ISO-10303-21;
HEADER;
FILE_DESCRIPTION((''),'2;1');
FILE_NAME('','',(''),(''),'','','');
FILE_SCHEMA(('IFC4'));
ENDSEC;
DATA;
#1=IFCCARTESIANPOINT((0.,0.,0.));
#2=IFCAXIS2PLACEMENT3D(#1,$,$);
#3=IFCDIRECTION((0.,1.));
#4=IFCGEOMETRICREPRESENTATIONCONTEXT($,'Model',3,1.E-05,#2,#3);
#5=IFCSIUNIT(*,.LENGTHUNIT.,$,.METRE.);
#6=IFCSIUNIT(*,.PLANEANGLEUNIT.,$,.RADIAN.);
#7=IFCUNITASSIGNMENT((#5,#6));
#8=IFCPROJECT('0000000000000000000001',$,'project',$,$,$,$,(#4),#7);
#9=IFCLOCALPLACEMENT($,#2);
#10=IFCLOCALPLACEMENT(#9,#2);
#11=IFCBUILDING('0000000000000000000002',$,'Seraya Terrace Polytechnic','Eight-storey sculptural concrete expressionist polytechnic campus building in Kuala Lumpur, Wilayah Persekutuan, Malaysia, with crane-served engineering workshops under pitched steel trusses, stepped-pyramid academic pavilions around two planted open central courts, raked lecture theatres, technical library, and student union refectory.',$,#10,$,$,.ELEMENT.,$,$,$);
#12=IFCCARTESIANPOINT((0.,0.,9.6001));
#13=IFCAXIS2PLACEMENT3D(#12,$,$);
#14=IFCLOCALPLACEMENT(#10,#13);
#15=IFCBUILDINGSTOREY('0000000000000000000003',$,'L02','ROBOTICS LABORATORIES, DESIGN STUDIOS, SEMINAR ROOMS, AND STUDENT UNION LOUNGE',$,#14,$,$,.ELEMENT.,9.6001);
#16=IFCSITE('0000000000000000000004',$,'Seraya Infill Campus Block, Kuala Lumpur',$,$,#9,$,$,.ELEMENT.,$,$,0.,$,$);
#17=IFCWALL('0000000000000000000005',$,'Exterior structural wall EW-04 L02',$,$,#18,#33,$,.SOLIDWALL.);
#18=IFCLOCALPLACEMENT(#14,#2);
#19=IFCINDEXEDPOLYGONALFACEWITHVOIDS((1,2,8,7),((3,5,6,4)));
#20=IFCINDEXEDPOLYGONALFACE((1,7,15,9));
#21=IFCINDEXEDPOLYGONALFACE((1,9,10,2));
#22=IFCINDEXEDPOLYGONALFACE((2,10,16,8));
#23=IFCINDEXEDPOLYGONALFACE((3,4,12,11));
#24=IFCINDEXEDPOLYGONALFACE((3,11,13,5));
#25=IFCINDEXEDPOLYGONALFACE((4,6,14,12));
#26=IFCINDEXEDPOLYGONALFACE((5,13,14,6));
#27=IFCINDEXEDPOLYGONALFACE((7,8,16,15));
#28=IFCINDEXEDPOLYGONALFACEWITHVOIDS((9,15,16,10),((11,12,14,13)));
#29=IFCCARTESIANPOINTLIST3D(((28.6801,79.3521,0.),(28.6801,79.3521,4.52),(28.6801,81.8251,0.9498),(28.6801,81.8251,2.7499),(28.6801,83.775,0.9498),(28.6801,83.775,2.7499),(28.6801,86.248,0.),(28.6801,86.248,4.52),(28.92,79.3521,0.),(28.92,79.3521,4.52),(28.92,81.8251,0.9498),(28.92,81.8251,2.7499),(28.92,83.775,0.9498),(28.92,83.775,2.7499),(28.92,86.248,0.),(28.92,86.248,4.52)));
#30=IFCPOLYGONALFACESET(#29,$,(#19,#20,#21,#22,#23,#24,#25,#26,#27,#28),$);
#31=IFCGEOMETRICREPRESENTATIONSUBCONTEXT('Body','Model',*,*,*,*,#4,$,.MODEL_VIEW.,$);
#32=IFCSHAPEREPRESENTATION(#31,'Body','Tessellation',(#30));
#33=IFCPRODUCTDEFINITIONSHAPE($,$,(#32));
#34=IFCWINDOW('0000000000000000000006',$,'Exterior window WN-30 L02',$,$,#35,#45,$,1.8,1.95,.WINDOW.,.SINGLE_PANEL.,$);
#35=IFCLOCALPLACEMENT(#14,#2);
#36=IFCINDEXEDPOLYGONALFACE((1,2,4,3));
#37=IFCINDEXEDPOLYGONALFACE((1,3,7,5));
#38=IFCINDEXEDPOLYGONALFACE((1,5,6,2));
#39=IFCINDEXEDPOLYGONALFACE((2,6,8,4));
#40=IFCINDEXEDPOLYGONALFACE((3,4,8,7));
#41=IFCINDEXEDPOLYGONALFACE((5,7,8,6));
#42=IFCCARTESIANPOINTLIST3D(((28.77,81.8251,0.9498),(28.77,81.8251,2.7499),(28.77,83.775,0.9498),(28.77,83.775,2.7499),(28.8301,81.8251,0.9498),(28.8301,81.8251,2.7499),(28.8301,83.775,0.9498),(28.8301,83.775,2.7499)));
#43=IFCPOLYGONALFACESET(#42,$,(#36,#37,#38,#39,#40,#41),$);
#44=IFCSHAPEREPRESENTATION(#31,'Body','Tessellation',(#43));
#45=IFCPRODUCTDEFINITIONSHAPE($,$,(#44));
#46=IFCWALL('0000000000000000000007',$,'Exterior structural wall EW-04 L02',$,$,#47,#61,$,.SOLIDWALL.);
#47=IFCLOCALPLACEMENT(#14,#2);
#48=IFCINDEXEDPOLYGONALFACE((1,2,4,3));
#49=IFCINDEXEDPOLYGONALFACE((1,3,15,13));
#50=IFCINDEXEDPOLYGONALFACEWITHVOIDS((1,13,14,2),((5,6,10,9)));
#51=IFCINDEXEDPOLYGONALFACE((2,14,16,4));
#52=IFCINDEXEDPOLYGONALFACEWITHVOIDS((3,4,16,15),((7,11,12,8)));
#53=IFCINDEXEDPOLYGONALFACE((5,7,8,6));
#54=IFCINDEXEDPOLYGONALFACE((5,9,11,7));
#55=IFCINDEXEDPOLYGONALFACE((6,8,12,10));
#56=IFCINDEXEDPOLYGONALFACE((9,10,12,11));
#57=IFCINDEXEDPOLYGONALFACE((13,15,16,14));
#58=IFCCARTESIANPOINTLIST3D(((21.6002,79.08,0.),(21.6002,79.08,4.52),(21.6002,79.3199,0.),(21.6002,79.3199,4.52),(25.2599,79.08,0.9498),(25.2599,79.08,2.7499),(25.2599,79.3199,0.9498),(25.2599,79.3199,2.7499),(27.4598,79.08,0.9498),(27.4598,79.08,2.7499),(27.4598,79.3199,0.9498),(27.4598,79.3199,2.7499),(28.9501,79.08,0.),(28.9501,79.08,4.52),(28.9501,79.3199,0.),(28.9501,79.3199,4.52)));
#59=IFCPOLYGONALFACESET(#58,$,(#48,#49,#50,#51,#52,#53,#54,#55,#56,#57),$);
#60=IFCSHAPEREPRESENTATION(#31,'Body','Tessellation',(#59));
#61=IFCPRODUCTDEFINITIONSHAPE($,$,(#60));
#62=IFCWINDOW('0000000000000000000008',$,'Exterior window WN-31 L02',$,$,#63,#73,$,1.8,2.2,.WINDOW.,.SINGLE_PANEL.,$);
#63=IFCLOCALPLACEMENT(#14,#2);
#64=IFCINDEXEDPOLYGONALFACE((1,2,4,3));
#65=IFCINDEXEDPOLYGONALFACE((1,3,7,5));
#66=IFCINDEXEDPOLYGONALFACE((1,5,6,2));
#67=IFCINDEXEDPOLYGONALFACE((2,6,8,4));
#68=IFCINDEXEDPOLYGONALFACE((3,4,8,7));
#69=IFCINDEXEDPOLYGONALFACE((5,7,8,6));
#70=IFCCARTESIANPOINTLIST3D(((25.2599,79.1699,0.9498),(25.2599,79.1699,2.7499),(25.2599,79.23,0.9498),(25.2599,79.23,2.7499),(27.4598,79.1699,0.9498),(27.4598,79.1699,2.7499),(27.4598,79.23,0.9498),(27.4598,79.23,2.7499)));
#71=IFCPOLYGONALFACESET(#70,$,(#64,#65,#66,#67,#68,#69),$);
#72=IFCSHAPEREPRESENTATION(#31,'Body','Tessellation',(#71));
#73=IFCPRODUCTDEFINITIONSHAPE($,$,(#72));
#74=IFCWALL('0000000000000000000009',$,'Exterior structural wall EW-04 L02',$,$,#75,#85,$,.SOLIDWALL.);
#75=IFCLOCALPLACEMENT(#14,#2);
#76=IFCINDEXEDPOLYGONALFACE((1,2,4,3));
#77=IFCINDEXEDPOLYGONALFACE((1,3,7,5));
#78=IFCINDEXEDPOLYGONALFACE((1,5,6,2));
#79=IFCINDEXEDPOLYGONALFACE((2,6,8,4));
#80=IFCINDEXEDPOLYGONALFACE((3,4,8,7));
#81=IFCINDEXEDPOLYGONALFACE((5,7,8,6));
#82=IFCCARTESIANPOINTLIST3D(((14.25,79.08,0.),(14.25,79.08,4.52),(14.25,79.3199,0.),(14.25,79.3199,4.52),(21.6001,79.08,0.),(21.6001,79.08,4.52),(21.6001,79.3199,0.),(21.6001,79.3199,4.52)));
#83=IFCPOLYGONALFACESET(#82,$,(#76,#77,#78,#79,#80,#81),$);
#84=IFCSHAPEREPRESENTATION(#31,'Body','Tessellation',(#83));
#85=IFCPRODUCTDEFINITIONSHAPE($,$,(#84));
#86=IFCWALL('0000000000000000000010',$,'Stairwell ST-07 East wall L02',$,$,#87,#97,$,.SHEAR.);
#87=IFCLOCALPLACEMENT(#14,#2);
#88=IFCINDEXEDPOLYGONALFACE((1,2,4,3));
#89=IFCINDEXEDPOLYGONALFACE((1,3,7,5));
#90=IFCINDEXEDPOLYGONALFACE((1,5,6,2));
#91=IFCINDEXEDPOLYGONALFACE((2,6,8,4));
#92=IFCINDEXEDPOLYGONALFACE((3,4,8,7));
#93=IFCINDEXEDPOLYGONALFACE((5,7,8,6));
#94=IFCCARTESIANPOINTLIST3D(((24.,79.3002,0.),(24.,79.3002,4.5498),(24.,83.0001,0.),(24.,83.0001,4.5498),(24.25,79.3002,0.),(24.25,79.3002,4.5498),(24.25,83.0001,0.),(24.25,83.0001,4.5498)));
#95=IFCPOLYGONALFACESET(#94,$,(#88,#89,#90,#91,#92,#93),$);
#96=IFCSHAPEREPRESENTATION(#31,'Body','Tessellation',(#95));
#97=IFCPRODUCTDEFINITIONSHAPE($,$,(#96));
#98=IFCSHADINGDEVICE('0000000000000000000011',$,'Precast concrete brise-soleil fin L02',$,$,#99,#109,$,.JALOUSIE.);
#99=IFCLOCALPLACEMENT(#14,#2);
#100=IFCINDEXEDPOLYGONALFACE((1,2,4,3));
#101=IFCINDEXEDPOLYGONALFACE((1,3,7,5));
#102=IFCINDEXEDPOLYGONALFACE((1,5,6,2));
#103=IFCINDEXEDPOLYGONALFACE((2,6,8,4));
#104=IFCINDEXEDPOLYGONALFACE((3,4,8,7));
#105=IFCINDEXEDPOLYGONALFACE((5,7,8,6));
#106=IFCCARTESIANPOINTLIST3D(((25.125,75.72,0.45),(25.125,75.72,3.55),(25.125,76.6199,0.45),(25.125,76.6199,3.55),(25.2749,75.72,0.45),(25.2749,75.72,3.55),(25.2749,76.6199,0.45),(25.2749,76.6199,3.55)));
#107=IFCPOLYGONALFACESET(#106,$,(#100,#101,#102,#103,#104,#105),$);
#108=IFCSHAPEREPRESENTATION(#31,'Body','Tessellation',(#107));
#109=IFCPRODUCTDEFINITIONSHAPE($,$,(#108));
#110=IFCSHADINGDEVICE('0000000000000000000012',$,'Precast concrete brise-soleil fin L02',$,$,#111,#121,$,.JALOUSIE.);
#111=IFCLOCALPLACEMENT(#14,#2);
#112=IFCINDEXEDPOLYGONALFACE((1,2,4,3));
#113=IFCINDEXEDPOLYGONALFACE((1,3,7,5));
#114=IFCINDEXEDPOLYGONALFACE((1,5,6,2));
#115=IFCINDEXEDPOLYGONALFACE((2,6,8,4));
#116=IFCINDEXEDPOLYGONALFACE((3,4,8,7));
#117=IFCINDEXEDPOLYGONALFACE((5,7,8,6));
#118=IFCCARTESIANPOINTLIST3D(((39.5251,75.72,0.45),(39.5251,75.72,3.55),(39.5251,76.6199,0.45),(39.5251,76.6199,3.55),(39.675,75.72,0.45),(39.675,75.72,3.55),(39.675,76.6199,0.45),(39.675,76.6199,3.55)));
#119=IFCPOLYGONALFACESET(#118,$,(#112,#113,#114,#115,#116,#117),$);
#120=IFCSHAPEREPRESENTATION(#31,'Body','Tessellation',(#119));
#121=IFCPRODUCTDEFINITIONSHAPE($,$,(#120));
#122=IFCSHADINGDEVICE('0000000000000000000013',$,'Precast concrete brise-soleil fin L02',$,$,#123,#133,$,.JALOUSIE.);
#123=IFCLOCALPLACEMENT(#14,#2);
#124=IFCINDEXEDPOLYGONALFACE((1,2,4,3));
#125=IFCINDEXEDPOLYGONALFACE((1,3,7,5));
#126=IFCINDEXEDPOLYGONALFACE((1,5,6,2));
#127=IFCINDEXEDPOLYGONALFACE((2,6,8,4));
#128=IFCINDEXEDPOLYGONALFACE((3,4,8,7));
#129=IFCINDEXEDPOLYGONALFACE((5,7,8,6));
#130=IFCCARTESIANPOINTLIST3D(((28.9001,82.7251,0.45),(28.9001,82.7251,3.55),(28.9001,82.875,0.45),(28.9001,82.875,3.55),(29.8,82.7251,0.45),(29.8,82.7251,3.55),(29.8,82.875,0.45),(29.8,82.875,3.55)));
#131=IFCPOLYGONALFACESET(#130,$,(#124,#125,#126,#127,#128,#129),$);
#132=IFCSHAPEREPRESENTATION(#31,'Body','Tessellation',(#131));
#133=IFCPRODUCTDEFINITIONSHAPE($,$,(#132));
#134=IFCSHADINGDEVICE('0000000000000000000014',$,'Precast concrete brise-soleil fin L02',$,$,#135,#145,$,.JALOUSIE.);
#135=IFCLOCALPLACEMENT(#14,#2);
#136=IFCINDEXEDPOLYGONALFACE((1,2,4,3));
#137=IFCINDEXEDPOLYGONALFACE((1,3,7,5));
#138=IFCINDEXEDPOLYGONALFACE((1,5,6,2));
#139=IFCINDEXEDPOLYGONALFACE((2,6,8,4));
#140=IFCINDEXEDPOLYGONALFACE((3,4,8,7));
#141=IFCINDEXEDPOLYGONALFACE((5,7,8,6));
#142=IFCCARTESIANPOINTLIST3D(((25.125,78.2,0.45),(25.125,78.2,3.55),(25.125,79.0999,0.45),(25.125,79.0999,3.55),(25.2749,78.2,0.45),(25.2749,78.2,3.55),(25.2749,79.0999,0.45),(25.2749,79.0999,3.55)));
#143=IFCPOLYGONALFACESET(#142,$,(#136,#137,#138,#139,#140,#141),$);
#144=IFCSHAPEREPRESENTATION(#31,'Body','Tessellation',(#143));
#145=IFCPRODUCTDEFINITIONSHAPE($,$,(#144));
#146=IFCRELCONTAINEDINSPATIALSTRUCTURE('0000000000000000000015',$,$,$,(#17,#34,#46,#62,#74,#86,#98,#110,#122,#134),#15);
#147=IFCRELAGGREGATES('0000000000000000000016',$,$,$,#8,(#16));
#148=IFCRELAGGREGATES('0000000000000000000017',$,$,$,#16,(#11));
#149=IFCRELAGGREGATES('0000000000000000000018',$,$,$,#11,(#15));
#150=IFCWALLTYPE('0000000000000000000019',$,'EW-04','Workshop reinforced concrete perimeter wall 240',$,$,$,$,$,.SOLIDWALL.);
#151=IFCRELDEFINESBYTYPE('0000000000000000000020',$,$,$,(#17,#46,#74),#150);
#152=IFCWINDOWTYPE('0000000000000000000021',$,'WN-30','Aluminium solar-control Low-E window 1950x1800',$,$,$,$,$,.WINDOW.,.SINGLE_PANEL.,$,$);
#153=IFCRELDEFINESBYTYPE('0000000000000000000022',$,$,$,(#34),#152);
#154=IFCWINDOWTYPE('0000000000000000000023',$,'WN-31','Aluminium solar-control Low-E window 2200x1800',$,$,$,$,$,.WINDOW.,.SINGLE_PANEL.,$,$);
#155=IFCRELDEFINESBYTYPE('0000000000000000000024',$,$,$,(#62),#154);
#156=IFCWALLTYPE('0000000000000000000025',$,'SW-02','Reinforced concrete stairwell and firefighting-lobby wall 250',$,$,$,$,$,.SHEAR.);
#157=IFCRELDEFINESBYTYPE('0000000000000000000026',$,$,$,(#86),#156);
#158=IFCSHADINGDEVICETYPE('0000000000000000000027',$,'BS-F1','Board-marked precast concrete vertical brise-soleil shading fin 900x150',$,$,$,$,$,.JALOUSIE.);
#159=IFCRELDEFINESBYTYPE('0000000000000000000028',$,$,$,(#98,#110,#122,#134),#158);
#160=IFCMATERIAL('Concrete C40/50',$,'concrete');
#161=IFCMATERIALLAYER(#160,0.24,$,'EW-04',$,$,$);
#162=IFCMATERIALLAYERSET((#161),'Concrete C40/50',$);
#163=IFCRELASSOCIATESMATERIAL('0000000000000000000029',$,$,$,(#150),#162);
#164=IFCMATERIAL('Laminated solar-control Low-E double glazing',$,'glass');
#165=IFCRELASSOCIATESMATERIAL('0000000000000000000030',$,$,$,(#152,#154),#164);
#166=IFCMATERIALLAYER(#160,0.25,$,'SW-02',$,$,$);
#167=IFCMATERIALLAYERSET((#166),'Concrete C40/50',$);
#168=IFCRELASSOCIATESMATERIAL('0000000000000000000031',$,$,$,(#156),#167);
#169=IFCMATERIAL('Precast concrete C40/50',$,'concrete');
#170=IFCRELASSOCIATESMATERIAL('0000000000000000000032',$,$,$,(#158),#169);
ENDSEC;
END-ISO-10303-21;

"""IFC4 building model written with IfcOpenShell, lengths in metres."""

from ifc_helpers import new_model, si_unit, direction, frame, frame_2d, origin, origin_2d, place, context, subcontext, project, spatial, rectangle, extrude, material, layer, layer_set, type_object, element, fill, save


model = new_model("IFC4")

# Units and contexts
model_context = context("Model", 3, precision=1e-05, world=origin(), true_north=direction((0.0, 1.0)))
body_context = subcontext(model_context, "Body", "Model", "MODEL_VIEW")
ifc_project = project(units=[si_unit("LENGTHUNIT", "METRE"), si_unit("PLANEANGLEUNIT", "RADIAN")], contexts=[model_context])

# Site, building, storey
site_placement = place(None, origin())
site = spatial("IfcSite", under=ifc_project, at=site_placement, Name="Seraya Infill Campus Block, Kuala Lumpur", CompositionType="ELEMENT", RefElevation=0.0)
building_placement = place(site_placement, origin())
building = spatial("IfcBuilding", under=site, at=building_placement, Name="Seraya Terrace Polytechnic", Description="Eight-storey sculptural concrete expressionist polytechnic campus building in Kuala Lumpur, Wilayah Persekutuan, Malaysia, with crane-served engineering workshops under pitched steel trusses, stepped-pyramid academic pavilions around two planted open central courts, raked lecture theatres, technical library, and student union refectory.", CompositionType="ELEMENT")
storey_placement = place(building_placement, frame((0.0, 0.0, 9.6001)))
storey = spatial("IfcBuildingStorey", under=building, at=storey_placement, Name="L02", Description="ROBOTICS LABORATORIES, DESIGN STUDIOS, SEMINAR ROOMS, AND STUDENT UNION LOUNGE", CompositionType="ELEMENT", Elevation=9.6001)

# Shared definitions
ifc_material_1 = material(Name="Concrete C40/50", Category="concrete")

# Walls, openings, windows
ifc_material_2 = material(Name="Precast concrete C40/50", Category="concrete")
ifc_material_3 = material(Name="Laminated solar-control Low-E double glazing", Category="glass")
ifc_layer_1 = layer(ifc_material_1, 0.24, Name="EW-04")
ifc_layer_set_1 = layer_set([ifc_layer_1], Name="Concrete C40/50")
wall_type_1 = type_object("IfcWallType", Name="EW-04", Description="Workshop reinforced concrete perimeter wall 240", PredefinedType="SOLIDWALL", material=ifc_layer_set_1)
wall_1_placement = place(storey_placement, frame((28.8, 86.248, 0.0), z_axis=(0.0, 0.0, 1.0), x_axis=(0.0, -1.0, 0.0)))
wall_1 = element("IfcWall", 1, at=wall_1_placement, inside=storey, type_object=wall_type_1, Name="Exterior structural wall EW-04 L02", PredefinedType="SOLIDWALL", context=body_context, shape_type="SweptSolid", body=[
    extrude(rectangle(XDim=6.896, YDim=0.24, at=frame_2d((3.448, 0.0))), origin(), (0.0, 0.0, 1.0), 4.52),
])
opening_1_placement = place(wall_1_placement, frame((2.4729, 0.0, 0.95)))
opening_1 = element("IfcOpeningElement", 2, at=opening_1_placement, cuts=wall_1, PredefinedType="OPENING", context=body_context, shape_type="SweptSolid", body=[
    extrude(rectangle(XDim=1.95, YDim=1.8, at=frame_2d((0.9751, 0.8999))), frame((0.0, 0.1318, 0.0), z_axis=(0.0, -1.0, 0.0), x_axis=(1.0, 0.0, 0.0)), (0.0, 0.0, 1.0), 0.2639),
])
window_type_1 = type_object("IfcWindowType", Name="WN-30", Description="Aluminium solar-control Low-E window 1950x1800", PartitioningType="SINGLE_PANEL", PredefinedType="WINDOW", material=ifc_material_3)
window_1_placement = place(opening_1_placement, origin())
window_1 = element("IfcWindow", 3, at=window_1_placement, inside=storey, type_object=window_type_1, Name="Exterior window WN-30 L02", OverallHeight=1.8, OverallWidth=1.95, PartitioningType="SINGLE_PANEL", PredefinedType="WINDOW", context=body_context, shape_type="SweptSolid", body=[
    extrude(rectangle(XDim=1.95, YDim=1.8, at=frame_2d((0.9751, 0.8999))), frame((0.0, 0.03, 0.0), z_axis=(0.0, -1.0, 0.0), x_axis=(1.0, 0.0, 0.0)), (0.0, 0.0, 1.0), 0.0601),
])
fill(opening_1, window_1)
wall_2_placement = place(storey_placement, frame((28.95, 79.2, 0.0), z_axis=(0.0, 0.0, 1.0), x_axis=(-1.0, 0.0, 0.0)))
wall_2 = element("IfcWall", 4, at=wall_2_placement, inside=storey, type_object=wall_type_1, Name="Exterior structural wall EW-04 L02", PredefinedType="SOLIDWALL", context=body_context, shape_type="SweptSolid", body=[
    extrude(rectangle(XDim=7.3499, YDim=0.24, at=frame_2d((3.6748, 0.0))), origin(), (0.0, 0.0, 1.0), 4.52),
])
opening_2_placement = place(wall_2_placement, frame((1.49, 0.0, 0.95)))
opening_2 = element("IfcOpeningElement", 5, at=opening_2_placement, cuts=wall_2, PredefinedType="OPENING", context=body_context, shape_type="SweptSolid", body=[
    extrude(rectangle(XDim=2.2, YDim=1.8, at=frame_2d((1.1001, 0.8999))), frame((0.0, 0.1318, 0.0), z_axis=(0.0, -1.0, 0.0), x_axis=(1.0, 0.0, 0.0)), (0.0, 0.0, 1.0), 0.2639),
])
window_type_2 = type_object("IfcWindowType", Name="WN-31", Description="Aluminium solar-control Low-E window 2200x1800", PartitioningType="SINGLE_PANEL", PredefinedType="WINDOW", material=ifc_material_3)
window_2_placement = place(opening_2_placement, origin())
window_2 = element("IfcWindow", 6, at=window_2_placement, inside=storey, type_object=window_type_2, Name="Exterior window WN-31 L02", OverallHeight=1.8, OverallWidth=2.2, PartitioningType="SINGLE_PANEL", PredefinedType="WINDOW", context=body_context, shape_type="SweptSolid", body=[
    extrude(rectangle(XDim=2.2, YDim=1.8, at=frame_2d((1.1001, 0.8999))), frame((0.0, 0.03, 0.0), z_axis=(0.0, -1.0, 0.0), x_axis=(1.0, 0.0, 0.0)), (0.0, 0.0, 1.0), 0.0601),
])
fill(opening_2, window_2)

# Walls
wall_3_placement = place(storey_placement, frame((21.6001, 79.2, 0.0), z_axis=(0.0, 0.0, 1.0), x_axis=(-1.0, 0.0, 0.0)))
element("IfcWall", 7, at=wall_3_placement, inside=storey, type_object=wall_type_1, Name="Exterior structural wall EW-04 L02", PredefinedType="SOLIDWALL", context=body_context, shape_type="SweptSolid", body=[
    extrude(rectangle(XDim=7.3501, YDim=0.24, at=frame_2d((3.675, 0.0))), origin(), (0.0, 0.0, 1.0), 4.52),
])
ifc_layer_2 = layer(ifc_material_1, 0.25, Name="SW-02")
ifc_layer_set_2 = layer_set([ifc_layer_2], Name="Concrete C40/50")
wall_type_2 = type_object("IfcWallType", Name="SW-02", Description="Reinforced concrete stairwell and firefighting-lobby wall 250", PredefinedType="SHEAR", material=ifc_layer_set_2)
wall_4_placement = place(storey_placement, frame((24.125, 79.3, 0.0), z_axis=(0.0, 0.0, 1.0), x_axis=(0.0, 1.0, 0.0)))
element("IfcWall", 8, at=wall_4_placement, inside=storey, type_object=wall_type_2, Name="Stairwell ST-07 East wall L02", PredefinedType="SHEAR", context=body_context, shape_type="SweptSolid", body=[
    extrude(rectangle(XDim=3.7, YDim=0.25, at=frame_2d((1.8501, 0.0))), origin(), (0.0, 0.0, 1.0), 4.5498),
])

# Shading devices
shading_device_type = type_object("IfcShadingDeviceType", Name="BS-F1", Description="Board-marked precast concrete vertical brise-soleil shading fin 900x150", PredefinedType="JALOUSIE", material=ifc_material_2)
for number, where, z_axis, x_axis, name in (
    (9, (25.2, 76.1699, 0.45), (0.0, 0.0, 1.0), (0.0, 1.0, 0.0), "Precast concrete brise-soleil fin L02"),
    (10, (39.6001, 76.1699, 0.45), (0.0, 0.0, 1.0), (0.0, 1.0, 0.0), "Precast concrete brise-soleil fin L02"),
    (11, (29.3501, 82.8, 0.45), (0.0, 0.0, 1.0), (1.0, 0.0, 0.0), "Precast concrete brise-soleil fin L02"),
    (12, (25.2, 78.6499, 0.45), (0.0, 0.0, 1.0), (0.0, -1.0, 0.0), "Precast concrete brise-soleil fin L02"),
):
    element("IfcShadingDevice", number, at=place(storey_placement, frame(where, z_axis=z_axis, x_axis=x_axis)), inside=storey, type_object=shading_device_type, Name=name, PredefinedType="JALOUSIE", context=body_context, shape_type="SweptSolid", body=[
        extrude(rectangle(XDim=0.8999, YDim=0.1499, at=origin_2d()), origin(), (0.0, 0.0, 1.0), 3.1001),
    ])

save(model, "model.ifc")
